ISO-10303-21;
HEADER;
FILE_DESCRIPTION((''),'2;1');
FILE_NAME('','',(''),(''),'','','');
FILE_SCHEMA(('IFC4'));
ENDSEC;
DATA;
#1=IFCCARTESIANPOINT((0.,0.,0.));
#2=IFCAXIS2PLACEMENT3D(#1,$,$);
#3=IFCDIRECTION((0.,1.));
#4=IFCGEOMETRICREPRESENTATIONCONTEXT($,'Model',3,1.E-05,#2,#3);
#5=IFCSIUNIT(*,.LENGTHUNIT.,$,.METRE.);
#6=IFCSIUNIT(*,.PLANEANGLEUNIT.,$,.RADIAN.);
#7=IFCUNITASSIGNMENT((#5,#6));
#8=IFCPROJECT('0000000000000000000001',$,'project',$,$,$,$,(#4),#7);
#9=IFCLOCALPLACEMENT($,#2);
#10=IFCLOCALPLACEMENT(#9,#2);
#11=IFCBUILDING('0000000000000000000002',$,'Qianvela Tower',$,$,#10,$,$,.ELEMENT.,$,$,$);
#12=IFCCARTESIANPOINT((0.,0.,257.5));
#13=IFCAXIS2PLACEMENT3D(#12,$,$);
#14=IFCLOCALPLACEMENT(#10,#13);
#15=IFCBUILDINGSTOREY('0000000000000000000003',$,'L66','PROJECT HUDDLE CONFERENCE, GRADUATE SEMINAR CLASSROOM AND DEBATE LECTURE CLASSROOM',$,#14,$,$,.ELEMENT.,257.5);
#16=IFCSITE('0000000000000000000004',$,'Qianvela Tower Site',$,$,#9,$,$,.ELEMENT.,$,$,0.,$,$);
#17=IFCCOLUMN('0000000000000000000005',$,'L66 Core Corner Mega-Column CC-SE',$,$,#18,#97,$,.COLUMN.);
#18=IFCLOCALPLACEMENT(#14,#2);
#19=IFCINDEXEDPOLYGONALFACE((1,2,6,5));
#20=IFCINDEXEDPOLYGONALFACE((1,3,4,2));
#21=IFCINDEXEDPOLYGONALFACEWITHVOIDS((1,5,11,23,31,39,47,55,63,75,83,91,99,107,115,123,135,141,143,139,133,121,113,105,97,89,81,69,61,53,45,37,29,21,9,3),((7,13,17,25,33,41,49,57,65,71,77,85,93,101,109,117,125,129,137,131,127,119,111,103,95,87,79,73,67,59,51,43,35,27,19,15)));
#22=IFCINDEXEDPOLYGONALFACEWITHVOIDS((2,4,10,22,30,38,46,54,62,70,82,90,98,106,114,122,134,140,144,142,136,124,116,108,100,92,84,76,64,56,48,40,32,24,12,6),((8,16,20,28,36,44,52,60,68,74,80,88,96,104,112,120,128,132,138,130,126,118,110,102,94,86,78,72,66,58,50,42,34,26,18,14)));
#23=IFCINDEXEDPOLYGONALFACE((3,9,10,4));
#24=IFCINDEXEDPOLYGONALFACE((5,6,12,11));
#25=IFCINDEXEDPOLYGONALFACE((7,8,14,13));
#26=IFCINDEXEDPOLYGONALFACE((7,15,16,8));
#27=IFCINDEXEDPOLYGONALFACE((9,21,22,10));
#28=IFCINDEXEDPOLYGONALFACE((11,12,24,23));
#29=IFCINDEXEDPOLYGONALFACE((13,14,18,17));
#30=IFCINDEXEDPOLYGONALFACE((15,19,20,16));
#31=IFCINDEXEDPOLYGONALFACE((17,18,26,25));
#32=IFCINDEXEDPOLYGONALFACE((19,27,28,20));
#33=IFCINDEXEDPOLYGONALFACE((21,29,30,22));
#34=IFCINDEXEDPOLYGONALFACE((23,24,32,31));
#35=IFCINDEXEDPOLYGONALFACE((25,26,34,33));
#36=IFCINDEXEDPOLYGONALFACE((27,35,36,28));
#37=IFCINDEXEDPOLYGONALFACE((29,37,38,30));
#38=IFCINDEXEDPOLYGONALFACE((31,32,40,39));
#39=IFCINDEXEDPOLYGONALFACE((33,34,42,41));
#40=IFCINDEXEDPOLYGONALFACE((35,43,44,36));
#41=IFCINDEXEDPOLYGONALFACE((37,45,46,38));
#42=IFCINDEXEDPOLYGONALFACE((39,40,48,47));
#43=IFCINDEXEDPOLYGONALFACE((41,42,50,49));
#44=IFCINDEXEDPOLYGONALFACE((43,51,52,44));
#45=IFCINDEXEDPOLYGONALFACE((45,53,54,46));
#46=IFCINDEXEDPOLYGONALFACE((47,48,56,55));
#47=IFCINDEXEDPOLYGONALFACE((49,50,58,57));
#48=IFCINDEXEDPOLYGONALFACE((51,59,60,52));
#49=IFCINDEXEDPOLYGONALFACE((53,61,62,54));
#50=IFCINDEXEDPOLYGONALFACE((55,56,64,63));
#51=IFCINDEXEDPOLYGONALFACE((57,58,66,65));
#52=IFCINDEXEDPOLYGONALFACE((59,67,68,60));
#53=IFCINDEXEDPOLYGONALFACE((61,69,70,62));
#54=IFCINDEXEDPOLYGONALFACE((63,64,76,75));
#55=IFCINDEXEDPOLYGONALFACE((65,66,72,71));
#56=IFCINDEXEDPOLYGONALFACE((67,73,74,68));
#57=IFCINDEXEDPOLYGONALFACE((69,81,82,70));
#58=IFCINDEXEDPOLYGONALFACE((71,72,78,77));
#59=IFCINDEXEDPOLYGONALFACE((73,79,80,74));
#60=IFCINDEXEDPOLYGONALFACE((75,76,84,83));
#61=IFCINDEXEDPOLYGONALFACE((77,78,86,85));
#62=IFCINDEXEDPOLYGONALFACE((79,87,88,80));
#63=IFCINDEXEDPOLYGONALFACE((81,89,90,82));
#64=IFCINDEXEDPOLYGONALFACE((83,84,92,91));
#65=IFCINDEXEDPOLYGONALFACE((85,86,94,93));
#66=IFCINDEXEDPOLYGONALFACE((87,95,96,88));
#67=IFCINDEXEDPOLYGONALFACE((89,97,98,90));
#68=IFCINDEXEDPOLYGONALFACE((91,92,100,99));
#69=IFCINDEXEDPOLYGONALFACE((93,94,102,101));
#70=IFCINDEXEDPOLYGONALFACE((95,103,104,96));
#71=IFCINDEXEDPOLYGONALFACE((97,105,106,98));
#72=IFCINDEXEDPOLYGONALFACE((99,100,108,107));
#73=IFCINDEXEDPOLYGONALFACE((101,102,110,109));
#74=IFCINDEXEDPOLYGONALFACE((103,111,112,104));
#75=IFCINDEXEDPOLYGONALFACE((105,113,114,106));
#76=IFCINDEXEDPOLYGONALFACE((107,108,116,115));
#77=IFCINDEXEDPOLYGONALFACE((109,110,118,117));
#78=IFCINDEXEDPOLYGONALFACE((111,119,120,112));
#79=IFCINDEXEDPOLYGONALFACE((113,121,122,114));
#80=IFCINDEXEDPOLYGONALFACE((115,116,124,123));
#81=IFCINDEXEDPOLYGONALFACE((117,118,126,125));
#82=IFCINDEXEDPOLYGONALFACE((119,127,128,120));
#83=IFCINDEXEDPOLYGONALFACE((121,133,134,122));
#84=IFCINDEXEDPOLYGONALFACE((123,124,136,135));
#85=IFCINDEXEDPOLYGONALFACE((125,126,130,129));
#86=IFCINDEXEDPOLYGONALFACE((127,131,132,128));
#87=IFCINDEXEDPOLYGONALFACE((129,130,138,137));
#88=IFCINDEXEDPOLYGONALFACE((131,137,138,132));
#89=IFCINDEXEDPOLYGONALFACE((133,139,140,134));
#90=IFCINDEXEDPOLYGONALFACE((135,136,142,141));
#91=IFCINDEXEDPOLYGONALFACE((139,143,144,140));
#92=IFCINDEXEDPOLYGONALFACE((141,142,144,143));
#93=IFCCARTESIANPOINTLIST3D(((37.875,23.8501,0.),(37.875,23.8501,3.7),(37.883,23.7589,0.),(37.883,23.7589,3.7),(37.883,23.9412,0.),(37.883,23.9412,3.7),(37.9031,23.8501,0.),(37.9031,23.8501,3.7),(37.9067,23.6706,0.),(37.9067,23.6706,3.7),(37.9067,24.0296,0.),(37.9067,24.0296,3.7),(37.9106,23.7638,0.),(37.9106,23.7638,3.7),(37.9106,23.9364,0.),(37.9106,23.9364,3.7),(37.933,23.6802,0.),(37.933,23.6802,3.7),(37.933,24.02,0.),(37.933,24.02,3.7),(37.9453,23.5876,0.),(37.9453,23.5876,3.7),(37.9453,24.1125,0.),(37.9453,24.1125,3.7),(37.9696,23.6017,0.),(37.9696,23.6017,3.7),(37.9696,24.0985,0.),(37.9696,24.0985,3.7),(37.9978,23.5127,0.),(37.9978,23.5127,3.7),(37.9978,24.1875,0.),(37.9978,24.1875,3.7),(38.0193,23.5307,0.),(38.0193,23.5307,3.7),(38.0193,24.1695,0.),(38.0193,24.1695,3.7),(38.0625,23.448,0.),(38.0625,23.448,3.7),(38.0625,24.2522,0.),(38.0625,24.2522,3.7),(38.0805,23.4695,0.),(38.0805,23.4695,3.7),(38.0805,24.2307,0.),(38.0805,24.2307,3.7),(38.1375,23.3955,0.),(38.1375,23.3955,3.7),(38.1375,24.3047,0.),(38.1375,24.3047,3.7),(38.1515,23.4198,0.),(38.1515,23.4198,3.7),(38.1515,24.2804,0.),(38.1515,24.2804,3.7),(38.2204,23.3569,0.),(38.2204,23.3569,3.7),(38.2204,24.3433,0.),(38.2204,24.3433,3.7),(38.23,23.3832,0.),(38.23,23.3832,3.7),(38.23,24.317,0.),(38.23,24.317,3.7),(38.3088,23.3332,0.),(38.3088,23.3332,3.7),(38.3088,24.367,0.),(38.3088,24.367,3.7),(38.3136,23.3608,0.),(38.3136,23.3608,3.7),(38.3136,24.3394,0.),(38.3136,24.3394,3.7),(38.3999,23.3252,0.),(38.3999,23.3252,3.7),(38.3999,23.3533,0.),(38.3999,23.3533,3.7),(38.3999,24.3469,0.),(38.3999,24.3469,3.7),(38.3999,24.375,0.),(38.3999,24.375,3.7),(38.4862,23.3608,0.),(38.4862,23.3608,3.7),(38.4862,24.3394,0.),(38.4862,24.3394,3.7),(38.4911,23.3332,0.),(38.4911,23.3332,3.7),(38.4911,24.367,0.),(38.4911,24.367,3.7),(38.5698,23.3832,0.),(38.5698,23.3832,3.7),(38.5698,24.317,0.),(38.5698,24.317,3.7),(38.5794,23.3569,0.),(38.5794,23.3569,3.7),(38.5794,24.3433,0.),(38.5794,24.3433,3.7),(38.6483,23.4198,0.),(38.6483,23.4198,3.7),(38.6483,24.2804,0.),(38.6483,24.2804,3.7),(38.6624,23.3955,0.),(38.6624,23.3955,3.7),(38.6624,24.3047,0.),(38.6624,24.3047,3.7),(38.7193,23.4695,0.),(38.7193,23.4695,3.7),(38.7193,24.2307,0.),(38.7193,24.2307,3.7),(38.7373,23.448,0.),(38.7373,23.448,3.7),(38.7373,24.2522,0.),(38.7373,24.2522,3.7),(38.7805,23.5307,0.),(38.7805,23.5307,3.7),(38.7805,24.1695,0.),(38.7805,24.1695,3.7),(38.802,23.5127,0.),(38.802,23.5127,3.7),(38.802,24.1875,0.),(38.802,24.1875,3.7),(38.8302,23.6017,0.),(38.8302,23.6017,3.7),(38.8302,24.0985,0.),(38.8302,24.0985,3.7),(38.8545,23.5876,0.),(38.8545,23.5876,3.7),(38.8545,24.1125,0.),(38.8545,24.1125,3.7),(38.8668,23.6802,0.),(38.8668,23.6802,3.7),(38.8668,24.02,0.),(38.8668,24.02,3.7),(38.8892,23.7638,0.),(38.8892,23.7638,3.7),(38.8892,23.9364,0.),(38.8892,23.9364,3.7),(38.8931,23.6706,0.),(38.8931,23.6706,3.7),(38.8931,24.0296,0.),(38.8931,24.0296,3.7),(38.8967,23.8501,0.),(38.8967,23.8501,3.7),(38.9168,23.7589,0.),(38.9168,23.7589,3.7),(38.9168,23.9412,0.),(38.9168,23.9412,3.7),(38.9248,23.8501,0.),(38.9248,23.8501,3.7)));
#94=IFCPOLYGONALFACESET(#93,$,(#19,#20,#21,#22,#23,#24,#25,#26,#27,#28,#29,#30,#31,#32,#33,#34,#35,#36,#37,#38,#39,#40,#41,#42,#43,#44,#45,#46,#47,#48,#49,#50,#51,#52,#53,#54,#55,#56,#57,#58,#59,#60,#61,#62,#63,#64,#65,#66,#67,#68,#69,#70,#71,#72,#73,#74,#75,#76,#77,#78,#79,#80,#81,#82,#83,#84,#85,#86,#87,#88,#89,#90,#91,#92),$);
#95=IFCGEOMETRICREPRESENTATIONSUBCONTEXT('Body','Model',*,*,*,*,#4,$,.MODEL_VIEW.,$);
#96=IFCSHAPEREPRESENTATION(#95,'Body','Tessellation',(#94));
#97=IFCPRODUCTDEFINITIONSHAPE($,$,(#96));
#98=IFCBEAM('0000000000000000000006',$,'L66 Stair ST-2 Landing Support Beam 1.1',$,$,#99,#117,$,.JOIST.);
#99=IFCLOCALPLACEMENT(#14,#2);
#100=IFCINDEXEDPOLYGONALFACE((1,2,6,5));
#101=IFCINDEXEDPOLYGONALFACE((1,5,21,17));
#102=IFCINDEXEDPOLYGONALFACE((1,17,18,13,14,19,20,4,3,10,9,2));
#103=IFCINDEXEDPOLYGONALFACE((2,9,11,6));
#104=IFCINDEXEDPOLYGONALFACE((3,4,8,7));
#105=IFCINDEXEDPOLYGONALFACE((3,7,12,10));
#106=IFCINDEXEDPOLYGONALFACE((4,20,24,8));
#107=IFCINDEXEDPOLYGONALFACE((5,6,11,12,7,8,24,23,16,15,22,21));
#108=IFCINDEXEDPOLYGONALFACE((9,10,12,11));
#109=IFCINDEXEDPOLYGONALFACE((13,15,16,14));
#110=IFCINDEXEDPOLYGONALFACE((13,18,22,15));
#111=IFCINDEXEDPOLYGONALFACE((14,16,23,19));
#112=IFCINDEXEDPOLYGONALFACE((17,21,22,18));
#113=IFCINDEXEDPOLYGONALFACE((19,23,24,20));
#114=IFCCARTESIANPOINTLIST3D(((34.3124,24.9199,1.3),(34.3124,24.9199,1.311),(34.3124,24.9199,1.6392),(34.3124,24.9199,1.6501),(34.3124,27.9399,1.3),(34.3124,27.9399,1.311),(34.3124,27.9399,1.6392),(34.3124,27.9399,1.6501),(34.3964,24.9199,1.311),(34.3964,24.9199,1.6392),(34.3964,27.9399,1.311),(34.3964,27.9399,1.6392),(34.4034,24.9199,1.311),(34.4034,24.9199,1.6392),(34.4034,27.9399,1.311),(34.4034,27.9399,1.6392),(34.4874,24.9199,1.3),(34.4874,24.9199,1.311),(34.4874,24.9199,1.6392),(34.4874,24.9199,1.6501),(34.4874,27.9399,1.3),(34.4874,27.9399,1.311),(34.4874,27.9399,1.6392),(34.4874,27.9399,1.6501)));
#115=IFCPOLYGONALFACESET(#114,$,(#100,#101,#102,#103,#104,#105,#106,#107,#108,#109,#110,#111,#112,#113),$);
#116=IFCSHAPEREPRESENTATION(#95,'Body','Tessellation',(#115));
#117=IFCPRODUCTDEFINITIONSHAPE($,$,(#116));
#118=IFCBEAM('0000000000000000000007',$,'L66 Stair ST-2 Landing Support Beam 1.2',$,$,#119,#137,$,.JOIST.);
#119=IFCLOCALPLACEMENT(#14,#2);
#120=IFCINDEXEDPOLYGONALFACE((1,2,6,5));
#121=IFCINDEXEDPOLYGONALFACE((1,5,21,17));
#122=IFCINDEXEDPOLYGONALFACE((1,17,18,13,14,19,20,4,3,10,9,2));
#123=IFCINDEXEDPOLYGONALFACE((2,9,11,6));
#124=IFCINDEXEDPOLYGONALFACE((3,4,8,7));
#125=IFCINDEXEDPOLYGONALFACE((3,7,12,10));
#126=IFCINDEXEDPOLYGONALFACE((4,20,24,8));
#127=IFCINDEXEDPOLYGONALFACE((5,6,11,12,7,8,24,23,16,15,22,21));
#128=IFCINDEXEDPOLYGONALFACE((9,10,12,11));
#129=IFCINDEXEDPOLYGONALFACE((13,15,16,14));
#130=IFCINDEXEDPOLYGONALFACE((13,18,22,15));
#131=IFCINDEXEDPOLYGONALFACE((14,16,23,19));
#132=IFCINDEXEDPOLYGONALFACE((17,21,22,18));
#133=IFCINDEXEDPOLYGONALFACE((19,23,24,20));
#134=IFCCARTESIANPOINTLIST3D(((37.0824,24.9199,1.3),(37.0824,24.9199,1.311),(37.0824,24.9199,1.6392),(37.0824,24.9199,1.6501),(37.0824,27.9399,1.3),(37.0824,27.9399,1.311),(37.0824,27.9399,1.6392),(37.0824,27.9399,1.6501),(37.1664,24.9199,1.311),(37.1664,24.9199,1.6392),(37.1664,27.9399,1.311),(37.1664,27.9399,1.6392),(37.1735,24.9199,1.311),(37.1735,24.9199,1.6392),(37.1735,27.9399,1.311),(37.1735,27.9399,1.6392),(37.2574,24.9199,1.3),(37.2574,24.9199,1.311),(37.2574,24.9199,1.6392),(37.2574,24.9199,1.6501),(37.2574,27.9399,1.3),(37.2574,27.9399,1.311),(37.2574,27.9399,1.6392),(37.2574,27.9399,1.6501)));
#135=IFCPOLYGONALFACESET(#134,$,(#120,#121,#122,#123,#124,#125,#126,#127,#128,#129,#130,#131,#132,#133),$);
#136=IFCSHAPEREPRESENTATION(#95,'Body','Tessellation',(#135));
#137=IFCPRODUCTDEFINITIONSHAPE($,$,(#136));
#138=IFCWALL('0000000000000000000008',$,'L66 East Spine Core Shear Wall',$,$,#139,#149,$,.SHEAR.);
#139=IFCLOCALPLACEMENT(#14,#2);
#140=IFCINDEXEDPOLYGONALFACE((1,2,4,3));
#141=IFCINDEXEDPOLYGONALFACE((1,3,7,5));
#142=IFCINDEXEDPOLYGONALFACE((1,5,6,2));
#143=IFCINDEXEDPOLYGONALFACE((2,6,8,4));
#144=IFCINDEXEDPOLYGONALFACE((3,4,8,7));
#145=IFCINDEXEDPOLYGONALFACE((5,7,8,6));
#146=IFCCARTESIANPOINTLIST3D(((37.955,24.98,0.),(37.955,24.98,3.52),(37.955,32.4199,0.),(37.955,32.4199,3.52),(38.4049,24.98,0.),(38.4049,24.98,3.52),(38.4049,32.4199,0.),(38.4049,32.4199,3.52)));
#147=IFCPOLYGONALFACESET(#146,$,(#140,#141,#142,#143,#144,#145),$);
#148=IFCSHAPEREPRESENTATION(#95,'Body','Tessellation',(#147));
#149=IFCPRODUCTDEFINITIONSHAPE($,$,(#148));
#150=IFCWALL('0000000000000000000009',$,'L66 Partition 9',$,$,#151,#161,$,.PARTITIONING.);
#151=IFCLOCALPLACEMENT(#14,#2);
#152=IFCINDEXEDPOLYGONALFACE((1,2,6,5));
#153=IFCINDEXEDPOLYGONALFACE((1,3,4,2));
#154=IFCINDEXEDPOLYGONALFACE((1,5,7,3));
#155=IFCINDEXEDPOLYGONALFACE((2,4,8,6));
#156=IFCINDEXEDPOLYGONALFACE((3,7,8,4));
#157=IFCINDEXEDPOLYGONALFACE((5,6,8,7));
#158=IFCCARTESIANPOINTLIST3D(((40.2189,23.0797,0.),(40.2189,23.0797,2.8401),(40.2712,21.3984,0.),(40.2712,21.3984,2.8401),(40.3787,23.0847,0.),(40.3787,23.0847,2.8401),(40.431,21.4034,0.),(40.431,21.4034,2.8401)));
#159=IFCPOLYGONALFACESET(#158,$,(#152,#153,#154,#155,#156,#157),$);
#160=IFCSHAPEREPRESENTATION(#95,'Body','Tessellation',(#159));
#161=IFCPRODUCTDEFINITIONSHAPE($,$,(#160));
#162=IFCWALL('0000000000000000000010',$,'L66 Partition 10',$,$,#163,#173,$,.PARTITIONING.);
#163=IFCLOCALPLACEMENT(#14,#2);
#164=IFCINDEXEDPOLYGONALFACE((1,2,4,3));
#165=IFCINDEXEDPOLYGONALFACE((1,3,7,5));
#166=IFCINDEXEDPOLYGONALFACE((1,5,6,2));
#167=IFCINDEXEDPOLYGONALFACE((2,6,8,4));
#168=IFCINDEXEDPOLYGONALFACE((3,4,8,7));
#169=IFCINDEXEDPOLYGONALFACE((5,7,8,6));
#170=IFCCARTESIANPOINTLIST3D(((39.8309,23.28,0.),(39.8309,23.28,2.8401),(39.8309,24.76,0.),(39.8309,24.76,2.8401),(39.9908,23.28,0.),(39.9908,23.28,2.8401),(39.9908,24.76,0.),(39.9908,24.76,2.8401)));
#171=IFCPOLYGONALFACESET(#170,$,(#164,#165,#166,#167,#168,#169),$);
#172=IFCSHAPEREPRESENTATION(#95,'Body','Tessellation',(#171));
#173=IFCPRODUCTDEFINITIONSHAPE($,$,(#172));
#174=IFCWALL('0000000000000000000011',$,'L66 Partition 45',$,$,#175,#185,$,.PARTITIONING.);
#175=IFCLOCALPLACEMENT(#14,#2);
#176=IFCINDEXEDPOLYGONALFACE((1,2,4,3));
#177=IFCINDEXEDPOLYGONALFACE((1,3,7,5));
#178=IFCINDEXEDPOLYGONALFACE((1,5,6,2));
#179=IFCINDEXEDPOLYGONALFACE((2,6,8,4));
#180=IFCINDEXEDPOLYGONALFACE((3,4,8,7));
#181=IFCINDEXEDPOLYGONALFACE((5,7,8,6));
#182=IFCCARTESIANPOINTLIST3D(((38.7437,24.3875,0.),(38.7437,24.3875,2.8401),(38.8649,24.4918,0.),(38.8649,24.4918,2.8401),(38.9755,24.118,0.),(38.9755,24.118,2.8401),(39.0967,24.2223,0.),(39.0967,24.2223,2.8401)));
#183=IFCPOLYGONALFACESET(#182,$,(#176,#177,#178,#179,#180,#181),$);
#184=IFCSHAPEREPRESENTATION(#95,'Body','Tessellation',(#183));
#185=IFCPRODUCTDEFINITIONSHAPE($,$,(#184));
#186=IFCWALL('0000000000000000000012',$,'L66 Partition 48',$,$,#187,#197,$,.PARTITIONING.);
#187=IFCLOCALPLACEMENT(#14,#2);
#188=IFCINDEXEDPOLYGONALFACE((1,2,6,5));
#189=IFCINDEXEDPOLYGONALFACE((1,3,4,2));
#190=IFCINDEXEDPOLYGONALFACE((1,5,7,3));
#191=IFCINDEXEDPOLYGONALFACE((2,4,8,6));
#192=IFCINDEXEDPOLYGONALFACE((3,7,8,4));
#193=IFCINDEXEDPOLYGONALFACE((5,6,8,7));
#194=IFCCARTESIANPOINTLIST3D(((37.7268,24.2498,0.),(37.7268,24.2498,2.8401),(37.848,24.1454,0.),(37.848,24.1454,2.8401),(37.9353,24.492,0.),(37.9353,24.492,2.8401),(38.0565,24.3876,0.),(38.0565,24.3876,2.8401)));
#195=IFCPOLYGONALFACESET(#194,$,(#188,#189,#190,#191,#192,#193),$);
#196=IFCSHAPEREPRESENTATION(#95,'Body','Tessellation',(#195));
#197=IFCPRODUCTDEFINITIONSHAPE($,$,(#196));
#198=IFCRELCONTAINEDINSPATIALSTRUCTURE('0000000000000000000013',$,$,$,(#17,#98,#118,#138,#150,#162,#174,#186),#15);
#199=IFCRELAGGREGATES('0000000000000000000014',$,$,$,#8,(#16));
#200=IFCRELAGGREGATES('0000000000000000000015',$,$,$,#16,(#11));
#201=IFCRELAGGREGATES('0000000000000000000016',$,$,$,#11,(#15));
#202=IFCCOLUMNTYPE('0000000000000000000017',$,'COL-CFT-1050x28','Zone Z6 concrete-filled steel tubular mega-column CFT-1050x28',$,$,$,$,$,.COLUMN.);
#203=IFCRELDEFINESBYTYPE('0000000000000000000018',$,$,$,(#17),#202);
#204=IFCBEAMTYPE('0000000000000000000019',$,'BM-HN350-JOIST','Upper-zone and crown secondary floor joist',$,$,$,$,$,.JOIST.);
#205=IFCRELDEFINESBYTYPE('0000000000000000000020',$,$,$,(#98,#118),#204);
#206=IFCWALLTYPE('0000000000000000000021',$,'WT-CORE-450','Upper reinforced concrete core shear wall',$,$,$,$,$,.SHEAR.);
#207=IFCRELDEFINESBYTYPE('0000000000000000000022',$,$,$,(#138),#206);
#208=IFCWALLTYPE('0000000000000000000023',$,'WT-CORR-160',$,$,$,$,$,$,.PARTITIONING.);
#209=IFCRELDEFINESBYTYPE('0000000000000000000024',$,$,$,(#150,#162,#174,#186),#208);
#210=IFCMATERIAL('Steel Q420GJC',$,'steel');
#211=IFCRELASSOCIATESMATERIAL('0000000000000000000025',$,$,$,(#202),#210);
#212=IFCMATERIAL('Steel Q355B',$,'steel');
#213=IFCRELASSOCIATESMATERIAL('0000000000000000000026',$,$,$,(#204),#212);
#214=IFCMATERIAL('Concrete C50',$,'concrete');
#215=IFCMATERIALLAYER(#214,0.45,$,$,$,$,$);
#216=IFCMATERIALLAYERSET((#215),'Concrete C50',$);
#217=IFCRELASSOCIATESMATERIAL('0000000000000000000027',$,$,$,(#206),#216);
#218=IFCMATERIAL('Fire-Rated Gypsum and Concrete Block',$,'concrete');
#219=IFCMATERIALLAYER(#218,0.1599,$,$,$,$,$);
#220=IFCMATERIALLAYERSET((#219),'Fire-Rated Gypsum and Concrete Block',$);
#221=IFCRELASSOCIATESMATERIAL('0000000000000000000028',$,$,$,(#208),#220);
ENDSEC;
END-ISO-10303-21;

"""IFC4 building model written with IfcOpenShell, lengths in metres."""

from ifc_helpers import new_model, si_unit, direction, frame, frame_2d, origin, origin_2d, place, context, subcontext, project, spatial, rectangle, hollow_circle, i_section, extrude, material, layer, layer_set, material_profile, profile_set, type_object, element, save


model = new_model("IFC4")

# Units and contexts
model_context = context("Model", 3, precision=1e-05, world=origin(), true_north=direction((0.0, 1.0)))
body_context = subcontext(model_context, "Body", "Model", "MODEL_VIEW")
ifc_project = project(units=[si_unit("LENGTHUNIT", "METRE"), si_unit("PLANEANGLEUNIT", "RADIAN")], contexts=[model_context])

# Site, building, storey
site_placement = place(None, origin())
site = spatial("IfcSite", under=ifc_project, at=site_placement, Name="Qianvela Tower Site", CompositionType="ELEMENT", RefElevation=0.0)
building_placement = place(site_placement, origin())
building = spatial("IfcBuilding", under=site, at=building_placement, Name="Qianvela Tower", CompositionType="ELEMENT")
storey_placement = place(building_placement, frame((0.0, 0.0, 257.5)))
storey = spatial("IfcBuildingStorey", under=building, at=storey_placement, Name="L66", Description="PROJECT HUDDLE CONFERENCE, GRADUATE SEMINAR CLASSROOM AND DEBATE LECTURE CLASSROOM", CompositionType="ELEMENT", Elevation=257.5)

# Column
ifc_material_1 = material(Name="Steel Q420GJC", Category="steel")
ifc_material_profile_1 = material_profile(ifc_material_1, hollow_circle(Radius=0.5249, WallThickness=0.0281, at=origin_2d()), Name="CFT-1050x28")
ifc_profile_set_1 = profile_set([ifc_material_profile_1], Name="Steel Q420GJC")
column_type = type_object("IfcColumnType", Name="COL-CFT-1050x28", Description="Zone Z6 concrete-filled steel tubular mega-column CFT-1050x28", PredefinedType="COLUMN", material=ifc_profile_set_1)
column_placement = place(storey_placement, frame((38.3999, 23.8501, 0.0), z_axis=(0.0, 0.0, 1.0), x_axis=(1.0, 0.0, 0.0)))
element("IfcColumn", 1, at=column_placement, inside=storey, type_object=column_type, Name="L66 Core Corner Mega-Column CC-SE", PredefinedType="COLUMN", context=body_context, shape_type="SweptSolid", body=[
    extrude(hollow_circle(Radius=0.5249, WallThickness=0.0281, at=origin_2d()), origin(), (0.0, 0.0, 1.0), 3.7),
])

# Beams
ifc_material_2 = material(Name="Steel Q355B", Category="steel")
ifc_material_profile_2 = material_profile(ifc_material_2, i_section(OverallWidth=0.175, OverallDepth=0.3501, WebThickness=0.0071, FlangeThickness=0.011, at=origin_2d()), Name="HN350x175x7x11")
ifc_profile_set_2 = profile_set([ifc_material_profile_2], Name="Steel Q355B")
beam_type = type_object("IfcBeamType", Name="BM-HN350-JOIST", Description="Upper-zone and crown secondary floor joist", PredefinedType="JOIST", material=ifc_profile_set_2)
for number, where, z_axis, x_axis, name in (
    (2, (34.3999, 24.9199, 1.4751), (0.0, 1.0, 0.0), (-1.0, 0.0, 0.0), "L66 Stair ST-2 Landing Support Beam 1.1"),
    (3, (37.1699, 24.9199, 1.4751), (0.0, 1.0, 0.0), (-1.0, 0.0, 0.0), "L66 Stair ST-2 Landing Support Beam 1.2"),
):
    element("IfcBeam", number, at=place(storey_placement, frame(where, z_axis=z_axis, x_axis=x_axis)), inside=storey, type_object=beam_type, Name=name, PredefinedType="JOIST", context=body_context, shape_type="SweptSolid", body=[
        extrude(i_section(OverallWidth=0.175, OverallDepth=0.3501, WebThickness=0.0071, FlangeThickness=0.011, at=origin_2d()), origin(), (0.0, 0.0, 1.0), 3.02),
    ])

# Wall
ifc_material_3 = material(Name="Concrete C50", Category="concrete")
ifc_layer_1 = layer(ifc_material_3, 0.45)
ifc_layer_set_1 = layer_set([ifc_layer_1], Name="Concrete C50")
wall_type_1 = type_object("IfcWallType", Name="WT-CORE-450", Description="Upper reinforced concrete core shear wall", PredefinedType="SHEAR", material=ifc_layer_set_1)
wall_1_placement = place(storey_placement, frame((38.1799, 24.98, 0.0), z_axis=(0.0, 0.0, 1.0), x_axis=(0.0, 1.0, 0.0)))
element("IfcWall", 4, at=wall_1_placement, inside=storey, type_object=wall_type_1, Name="L66 East Spine Core Shear Wall", PredefinedType="SHEAR", context=body_context, shape_type="SweptSolid", body=[
    extrude(rectangle(XDim=7.4399, YDim=0.45, at=frame_2d((3.72, 0.0))), origin(), (0.0, 0.0, 1.0), 3.52),
])

# Shared definitions
ifc_material_4 = material(Name="Fire-Rated Gypsum and Concrete Block", Category="concrete")
ifc_layer_2 = layer(ifc_material_4, 0.1599)
ifc_layer_set_2 = layer_set([ifc_layer_2], Name="Fire-Rated Gypsum and Concrete Block")
wall_type_2 = type_object("IfcWallType", Name="WT-CORR-160", PredefinedType="PARTITIONING", material=ifc_layer_set_2)

# Walls
wall_2_placement = place(storey_placement, frame((40.3511, 21.4009, 0.0), z_axis=(0.0, 0.0, 1.0), x_axis=(-0.031058, 0.999518, 0.0)))
element("IfcWall", 5, at=wall_2_placement, inside=storey, type_object=wall_type_2, Name="L66 Partition 9", PredefinedType="PARTITIONING", context=body_context, shape_type="SweptSolid", body=[
    extrude(rectangle(XDim=1.6821, YDim=0.1599, at=frame_2d((0.8411, 0.0))), origin(), (0.0, 0.0, 1.0), 2.8401),
])
wall_3_placement = place(storey_placement, frame((39.9109, 23.28, 0.0), z_axis=(0.0, 0.0, 1.0), x_axis=(0.0, 1.0, 0.0)))
element("IfcWall", 6, at=wall_3_placement, inside=storey, type_object=wall_type_2, Name="L66 Partition 10", PredefinedType="PARTITIONING", context=body_context, shape_type="SweptSolid", body=[
    extrude(rectangle(XDim=1.48, YDim=0.1599, at=frame_2d((0.74, 0.0))), origin(), (0.0, 0.0, 1.0), 2.8401),
])
wall_4_placement = place(storey_placement, frame((39.0361, 24.1702, 0.0), z_axis=(0.0, 0.0, 1.0), x_axis=(-0.65226, 0.757995, 0.0)))
element("IfcWall", 7, at=wall_4_placement, inside=storey, type_object=wall_type_2, Name="L66 Partition 45", PredefinedType="PARTITIONING", context=body_context, shape_type="SweptSolid", body=[
    extrude(rectangle(XDim=0.3555, YDim=0.1599, at=frame_2d((0.1777, 0.0))), origin(), (0.0, 0.0, 1.0), 2.8401),
])
wall_5_placement = place(storey_placement, frame((37.9958, 24.4397, 0.0), z_axis=(0.0, 0.0, 1.0), x_axis=(-0.652426, -0.757853, 0.0)))
element("IfcWall", 8, at=wall_5_placement, inside=storey, type_object=wall_type_2, Name="L66 Partition 48", PredefinedType="PARTITIONING", context=body_context, shape_type="SweptSolid", body=[
    extrude(rectangle(XDim=0.3196, YDim=0.1599, at=frame_2d((0.1597, 0.0))), origin(), (0.0, 0.0, 1.0), 2.8401),
])

save(model, "model.ifc")
